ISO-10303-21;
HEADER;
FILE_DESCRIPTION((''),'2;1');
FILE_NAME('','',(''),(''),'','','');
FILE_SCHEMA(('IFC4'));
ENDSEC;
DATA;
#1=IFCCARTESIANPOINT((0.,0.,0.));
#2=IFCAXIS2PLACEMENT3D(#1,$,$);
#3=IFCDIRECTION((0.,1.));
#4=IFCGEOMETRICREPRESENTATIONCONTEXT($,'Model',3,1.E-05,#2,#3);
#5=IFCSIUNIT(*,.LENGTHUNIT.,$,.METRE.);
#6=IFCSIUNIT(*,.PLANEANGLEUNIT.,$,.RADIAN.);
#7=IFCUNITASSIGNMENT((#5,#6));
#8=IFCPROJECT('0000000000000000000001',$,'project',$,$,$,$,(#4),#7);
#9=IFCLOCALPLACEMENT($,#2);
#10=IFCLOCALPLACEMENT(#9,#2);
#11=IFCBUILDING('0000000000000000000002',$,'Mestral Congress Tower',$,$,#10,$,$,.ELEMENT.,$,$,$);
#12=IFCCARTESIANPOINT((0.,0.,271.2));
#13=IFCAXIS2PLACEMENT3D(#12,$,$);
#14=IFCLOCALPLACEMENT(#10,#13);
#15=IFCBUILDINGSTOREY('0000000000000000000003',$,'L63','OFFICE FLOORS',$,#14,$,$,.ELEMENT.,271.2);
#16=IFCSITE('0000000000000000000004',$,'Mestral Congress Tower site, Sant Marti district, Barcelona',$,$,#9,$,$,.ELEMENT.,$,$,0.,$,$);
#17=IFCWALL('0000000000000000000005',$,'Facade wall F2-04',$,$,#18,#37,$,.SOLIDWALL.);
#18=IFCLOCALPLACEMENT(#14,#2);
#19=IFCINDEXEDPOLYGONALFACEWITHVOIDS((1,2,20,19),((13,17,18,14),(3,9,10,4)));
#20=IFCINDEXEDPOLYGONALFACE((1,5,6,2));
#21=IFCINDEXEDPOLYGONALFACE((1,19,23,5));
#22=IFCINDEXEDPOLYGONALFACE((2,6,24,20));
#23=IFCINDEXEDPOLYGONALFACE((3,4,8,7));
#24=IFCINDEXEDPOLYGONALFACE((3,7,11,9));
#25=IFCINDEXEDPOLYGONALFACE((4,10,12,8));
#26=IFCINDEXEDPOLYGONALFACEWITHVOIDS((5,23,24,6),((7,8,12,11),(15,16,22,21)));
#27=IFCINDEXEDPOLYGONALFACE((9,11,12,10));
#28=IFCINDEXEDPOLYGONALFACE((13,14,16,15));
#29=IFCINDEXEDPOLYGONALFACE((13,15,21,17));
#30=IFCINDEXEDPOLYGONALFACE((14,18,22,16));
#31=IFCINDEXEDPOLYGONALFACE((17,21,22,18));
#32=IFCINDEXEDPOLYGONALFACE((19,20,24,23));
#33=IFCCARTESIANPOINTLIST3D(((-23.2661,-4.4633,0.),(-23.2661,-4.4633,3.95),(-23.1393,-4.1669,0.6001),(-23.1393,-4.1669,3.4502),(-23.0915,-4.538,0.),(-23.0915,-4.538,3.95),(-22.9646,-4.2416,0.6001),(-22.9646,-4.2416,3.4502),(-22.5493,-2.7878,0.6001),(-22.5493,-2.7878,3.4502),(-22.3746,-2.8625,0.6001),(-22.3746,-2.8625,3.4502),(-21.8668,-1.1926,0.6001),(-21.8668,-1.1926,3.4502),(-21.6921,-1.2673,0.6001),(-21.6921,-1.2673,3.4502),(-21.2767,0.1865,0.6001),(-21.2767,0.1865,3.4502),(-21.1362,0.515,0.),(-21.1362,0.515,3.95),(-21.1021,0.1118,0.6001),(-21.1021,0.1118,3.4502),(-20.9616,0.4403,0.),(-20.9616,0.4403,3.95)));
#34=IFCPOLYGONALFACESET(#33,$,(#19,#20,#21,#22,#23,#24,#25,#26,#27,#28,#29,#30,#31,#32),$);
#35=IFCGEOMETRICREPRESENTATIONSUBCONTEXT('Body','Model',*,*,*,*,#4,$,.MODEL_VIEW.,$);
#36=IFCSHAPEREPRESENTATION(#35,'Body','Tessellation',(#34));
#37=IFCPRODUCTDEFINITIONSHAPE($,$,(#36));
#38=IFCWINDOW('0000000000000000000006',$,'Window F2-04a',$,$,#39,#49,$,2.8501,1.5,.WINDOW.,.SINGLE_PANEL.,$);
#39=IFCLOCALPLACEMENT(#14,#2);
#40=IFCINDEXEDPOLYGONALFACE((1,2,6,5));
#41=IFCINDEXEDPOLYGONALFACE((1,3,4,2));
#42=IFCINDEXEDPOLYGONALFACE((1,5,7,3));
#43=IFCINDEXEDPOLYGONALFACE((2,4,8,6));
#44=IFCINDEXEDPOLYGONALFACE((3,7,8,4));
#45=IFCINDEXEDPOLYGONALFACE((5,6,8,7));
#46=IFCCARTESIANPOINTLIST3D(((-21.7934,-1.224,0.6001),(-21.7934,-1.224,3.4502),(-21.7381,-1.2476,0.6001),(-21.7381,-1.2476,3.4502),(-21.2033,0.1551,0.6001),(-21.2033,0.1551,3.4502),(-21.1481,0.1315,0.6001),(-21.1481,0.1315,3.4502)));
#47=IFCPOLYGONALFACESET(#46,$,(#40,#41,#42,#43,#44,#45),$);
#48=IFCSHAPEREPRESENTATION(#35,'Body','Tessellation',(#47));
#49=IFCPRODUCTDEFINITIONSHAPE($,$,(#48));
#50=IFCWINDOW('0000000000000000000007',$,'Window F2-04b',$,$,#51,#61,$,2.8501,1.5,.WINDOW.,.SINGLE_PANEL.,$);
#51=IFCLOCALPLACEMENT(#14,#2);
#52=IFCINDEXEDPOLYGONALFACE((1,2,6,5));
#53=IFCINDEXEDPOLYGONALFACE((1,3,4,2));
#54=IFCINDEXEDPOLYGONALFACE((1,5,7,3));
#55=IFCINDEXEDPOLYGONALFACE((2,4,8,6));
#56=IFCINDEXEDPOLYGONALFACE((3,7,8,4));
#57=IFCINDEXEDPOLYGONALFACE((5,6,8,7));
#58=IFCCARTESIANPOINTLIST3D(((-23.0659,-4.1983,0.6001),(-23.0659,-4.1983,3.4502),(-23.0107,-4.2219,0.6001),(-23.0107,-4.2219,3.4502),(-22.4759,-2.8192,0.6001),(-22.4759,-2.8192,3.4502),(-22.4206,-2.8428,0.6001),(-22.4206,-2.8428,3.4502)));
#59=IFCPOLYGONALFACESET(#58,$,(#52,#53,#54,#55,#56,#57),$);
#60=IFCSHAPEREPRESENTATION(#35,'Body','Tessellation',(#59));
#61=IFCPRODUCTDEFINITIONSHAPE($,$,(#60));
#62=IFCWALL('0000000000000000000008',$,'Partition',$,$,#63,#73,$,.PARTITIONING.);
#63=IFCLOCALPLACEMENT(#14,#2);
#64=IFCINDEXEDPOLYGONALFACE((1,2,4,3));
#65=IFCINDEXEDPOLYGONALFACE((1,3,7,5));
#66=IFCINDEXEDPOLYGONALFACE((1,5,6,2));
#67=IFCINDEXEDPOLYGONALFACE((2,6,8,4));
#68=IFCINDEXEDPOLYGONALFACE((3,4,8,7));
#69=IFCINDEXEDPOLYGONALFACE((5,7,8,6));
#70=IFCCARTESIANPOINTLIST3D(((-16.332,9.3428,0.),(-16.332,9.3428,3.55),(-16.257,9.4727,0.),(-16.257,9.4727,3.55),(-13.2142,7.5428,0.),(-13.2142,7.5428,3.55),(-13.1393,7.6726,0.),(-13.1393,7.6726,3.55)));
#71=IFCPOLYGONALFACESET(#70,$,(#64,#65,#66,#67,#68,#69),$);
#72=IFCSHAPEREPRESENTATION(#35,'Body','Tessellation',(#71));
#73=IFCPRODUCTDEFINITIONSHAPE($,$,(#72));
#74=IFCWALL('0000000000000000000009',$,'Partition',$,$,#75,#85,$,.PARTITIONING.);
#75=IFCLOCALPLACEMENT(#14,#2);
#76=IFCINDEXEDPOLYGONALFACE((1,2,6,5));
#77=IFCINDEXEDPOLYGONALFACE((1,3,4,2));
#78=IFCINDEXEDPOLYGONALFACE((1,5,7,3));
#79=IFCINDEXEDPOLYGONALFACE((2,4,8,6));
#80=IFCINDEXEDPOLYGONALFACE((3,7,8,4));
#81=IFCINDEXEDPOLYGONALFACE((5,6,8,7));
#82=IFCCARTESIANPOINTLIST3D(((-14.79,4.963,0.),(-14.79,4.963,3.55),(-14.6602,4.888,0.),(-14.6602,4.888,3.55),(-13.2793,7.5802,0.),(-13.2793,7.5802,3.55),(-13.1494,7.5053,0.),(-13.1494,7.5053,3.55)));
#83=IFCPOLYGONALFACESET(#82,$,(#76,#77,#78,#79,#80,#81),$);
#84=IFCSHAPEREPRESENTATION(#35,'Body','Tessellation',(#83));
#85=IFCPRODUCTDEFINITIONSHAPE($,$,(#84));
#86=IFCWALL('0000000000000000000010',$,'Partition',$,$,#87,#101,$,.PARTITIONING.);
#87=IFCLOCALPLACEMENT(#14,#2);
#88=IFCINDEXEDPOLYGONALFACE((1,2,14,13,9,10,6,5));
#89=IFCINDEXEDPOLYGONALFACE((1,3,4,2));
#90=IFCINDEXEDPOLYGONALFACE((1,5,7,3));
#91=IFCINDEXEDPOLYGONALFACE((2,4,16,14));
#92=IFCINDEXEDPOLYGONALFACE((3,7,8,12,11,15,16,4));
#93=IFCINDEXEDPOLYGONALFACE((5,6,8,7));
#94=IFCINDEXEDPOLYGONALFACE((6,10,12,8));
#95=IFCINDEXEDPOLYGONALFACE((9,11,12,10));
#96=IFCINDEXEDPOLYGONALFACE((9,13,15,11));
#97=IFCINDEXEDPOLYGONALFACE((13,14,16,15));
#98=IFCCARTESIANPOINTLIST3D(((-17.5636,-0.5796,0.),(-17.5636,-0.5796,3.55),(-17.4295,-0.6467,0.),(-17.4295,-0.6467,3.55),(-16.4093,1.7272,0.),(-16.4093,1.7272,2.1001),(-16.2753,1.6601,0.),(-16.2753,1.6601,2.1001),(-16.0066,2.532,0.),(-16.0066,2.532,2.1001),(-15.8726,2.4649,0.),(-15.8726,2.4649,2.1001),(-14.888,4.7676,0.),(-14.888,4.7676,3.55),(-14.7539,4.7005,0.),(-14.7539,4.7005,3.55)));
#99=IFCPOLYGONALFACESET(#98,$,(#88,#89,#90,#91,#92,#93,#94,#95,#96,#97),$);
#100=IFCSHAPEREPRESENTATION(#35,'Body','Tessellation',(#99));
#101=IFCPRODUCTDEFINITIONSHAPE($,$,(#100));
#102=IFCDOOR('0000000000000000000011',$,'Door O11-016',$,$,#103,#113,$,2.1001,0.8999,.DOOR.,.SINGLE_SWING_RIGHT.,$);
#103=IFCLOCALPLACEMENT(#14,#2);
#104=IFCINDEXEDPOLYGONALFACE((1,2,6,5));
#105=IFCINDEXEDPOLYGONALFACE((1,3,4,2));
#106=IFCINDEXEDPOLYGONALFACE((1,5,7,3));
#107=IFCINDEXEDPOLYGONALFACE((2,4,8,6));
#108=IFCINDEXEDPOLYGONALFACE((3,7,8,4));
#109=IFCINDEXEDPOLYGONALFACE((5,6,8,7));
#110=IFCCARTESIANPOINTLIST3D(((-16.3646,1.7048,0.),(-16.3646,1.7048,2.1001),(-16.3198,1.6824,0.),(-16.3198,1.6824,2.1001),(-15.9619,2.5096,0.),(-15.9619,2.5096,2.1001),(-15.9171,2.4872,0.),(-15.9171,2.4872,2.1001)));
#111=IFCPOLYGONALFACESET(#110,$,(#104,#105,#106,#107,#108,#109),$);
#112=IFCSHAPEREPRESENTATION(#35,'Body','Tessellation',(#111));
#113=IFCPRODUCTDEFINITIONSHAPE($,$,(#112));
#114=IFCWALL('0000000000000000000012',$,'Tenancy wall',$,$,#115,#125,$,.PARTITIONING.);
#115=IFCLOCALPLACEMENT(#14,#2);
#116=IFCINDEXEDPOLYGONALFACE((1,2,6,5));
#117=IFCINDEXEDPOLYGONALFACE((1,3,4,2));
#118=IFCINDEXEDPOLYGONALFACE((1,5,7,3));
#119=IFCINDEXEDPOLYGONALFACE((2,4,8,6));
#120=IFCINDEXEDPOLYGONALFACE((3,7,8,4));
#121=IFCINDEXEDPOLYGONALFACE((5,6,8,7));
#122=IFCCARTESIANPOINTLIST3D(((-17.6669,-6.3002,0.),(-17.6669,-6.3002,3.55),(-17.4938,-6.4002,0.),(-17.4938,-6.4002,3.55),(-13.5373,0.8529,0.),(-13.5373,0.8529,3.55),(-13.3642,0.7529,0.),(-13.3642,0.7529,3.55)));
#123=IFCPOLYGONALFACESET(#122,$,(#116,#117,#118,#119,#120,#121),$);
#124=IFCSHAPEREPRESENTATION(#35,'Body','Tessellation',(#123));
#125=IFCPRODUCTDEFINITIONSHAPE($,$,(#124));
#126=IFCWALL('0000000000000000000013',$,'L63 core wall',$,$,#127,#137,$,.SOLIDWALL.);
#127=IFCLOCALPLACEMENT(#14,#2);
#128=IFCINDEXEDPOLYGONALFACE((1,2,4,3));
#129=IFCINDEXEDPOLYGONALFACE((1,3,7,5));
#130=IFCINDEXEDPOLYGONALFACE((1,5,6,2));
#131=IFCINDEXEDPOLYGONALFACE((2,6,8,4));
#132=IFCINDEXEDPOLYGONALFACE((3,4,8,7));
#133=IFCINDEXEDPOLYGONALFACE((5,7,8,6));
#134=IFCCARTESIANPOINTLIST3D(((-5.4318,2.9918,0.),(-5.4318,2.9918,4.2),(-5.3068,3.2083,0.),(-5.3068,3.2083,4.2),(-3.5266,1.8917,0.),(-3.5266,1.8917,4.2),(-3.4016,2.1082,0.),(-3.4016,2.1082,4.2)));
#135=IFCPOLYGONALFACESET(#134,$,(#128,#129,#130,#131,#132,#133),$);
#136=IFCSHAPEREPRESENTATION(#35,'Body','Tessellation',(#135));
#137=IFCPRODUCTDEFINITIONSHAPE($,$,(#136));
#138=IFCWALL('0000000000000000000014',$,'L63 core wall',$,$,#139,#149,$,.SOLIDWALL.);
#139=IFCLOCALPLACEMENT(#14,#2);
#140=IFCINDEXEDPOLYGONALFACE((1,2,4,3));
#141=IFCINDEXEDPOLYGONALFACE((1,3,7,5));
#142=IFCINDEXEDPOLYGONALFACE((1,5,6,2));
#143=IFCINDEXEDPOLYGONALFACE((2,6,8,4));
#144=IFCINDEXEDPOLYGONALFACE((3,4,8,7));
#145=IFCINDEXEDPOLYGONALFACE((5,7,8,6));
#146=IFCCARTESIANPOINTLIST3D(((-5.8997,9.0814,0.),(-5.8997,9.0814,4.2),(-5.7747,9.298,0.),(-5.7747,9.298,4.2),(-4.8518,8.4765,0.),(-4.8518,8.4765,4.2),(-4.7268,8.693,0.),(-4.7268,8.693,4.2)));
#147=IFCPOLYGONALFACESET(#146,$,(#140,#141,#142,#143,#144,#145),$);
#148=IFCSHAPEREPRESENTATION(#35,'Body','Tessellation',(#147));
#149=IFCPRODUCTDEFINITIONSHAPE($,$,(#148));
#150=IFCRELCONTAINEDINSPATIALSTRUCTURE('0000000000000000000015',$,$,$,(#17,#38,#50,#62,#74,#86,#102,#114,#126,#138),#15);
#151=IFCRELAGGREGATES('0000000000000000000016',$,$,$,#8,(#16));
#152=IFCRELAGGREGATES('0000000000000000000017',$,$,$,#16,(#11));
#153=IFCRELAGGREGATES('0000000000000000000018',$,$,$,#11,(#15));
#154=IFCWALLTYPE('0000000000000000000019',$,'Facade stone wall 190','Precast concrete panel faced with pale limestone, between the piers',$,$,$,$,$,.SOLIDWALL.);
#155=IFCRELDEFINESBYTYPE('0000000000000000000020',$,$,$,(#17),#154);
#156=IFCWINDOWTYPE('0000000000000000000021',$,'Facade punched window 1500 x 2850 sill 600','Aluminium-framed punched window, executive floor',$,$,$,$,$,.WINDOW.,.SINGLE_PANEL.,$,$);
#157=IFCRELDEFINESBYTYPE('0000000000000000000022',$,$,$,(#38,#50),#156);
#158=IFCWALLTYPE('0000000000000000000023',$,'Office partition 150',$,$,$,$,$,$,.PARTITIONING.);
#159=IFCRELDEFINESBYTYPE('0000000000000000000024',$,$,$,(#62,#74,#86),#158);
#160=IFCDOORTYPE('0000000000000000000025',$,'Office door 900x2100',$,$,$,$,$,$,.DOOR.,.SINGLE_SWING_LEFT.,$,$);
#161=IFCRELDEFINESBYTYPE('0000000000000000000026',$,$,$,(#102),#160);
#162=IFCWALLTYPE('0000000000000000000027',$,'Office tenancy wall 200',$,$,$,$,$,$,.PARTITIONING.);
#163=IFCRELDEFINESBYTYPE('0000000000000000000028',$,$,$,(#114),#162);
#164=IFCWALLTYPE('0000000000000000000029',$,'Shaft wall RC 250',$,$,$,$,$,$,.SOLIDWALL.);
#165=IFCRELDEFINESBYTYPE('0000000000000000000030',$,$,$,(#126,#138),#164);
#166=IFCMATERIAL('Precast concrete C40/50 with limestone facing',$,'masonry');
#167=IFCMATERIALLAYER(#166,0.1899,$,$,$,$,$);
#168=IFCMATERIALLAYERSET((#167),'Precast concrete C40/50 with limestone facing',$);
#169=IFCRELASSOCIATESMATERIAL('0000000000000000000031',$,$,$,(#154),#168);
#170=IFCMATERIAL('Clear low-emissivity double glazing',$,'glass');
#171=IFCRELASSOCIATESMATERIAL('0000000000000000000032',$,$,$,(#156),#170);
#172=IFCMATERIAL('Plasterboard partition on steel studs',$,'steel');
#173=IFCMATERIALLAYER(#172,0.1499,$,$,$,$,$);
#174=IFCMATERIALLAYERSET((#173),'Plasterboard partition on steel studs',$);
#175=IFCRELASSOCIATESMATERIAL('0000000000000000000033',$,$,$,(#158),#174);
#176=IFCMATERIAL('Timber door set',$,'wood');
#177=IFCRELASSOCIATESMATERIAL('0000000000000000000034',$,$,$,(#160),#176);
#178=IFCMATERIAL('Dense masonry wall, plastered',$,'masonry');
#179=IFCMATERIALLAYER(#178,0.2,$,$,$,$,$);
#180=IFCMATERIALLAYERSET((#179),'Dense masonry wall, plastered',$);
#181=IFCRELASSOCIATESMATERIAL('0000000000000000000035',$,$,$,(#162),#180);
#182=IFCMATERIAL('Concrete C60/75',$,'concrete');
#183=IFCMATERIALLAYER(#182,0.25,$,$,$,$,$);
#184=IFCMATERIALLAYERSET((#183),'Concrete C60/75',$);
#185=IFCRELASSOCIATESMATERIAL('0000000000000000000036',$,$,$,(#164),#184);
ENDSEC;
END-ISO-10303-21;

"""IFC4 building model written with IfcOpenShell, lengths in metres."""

from ifc_helpers import new_model, si_unit, direction, frame, frame_2d, origin, place, context, subcontext, project, spatial, rectangle, extrude, material, layer, layer_set, type_object, element, fill, save


model = new_model("IFC4")

# Units and contexts
model_context = context("Model", 3, precision=1e-05, world=origin(), true_north=direction((0.0, 1.0)))
body_context = subcontext(model_context, "Body", "Model", "MODEL_VIEW")
ifc_project = project(units=[si_unit("LENGTHUNIT", "METRE"), si_unit("PLANEANGLEUNIT", "RADIAN")], contexts=[model_context])

# Site, building, storey
site_placement = place(None, origin())
site = spatial("IfcSite", under=ifc_project, at=site_placement, Name="Mestral Congress Tower site, Sant Marti district, Barcelona", CompositionType="ELEMENT", RefElevation=0.0)
building_placement = place(site_placement, origin())
building = spatial("IfcBuilding", under=site, at=building_placement, Name="Mestral Congress Tower", CompositionType="ELEMENT")
storey_placement = place(building_placement, frame((0.0, 0.0, 271.2)))
storey = spatial("IfcBuildingStorey", under=building, at=storey_placement, Name="L63", Description="OFFICE FLOORS", CompositionType="ELEMENT", Elevation=271.2)

# Shared definitions
ifc_material_1 = material(Name="Concrete C60/75", Category="concrete")

# Wall, openings, windows
ifc_material_2 = material(Name="Precast concrete C40/50 with limestone facing", Category="masonry")
ifc_layer_1 = layer(ifc_material_2, 0.1899)
ifc_layer_set_1 = layer_set([ifc_layer_1], Name="Precast concrete C40/50 with limestone facing")
wall_type_1 = type_object("IfcWallType", Name="Facade stone wall 190", Description="Precast concrete panel faced with pale limestone, between the piers", PredefinedType="SOLIDWALL", material=ifc_layer_set_1)
ifc_material_3 = material(Name="Clear low-emissivity double glazing", Category="glass")
window_type = type_object("IfcWindowType", Name="Facade punched window 1500 x 2850 sill 600", Description="Aluminium-framed punched window, executive floor", PartitioningType="SINGLE_PANEL", PredefinedType="WINDOW", material=ifc_material_3)
wall_1_placement = place(storey_placement, frame((-21.0488, 0.4778, 0.0), z_axis=(0.0, 0.0, 1.0), x_axis=(-0.393348, -0.91939, 0.0)))
wall_1 = element("IfcWall", 1, at=wall_1_placement, inside=storey, type_object=wall_type_1, Name="Facade wall F2-04", PredefinedType="SOLIDWALL", context=body_context, shape_type="SweptSolid", body=[
    extrude(rectangle(XDim=5.4148, YDim=0.1899, at=frame_2d((2.7075, 0.0))), origin(), (0.0, 0.0, 1.0), 3.95),
])
opening_1_placement = place(wall_1_placement, frame((0.3574, 0.0, 0.6001)))
opening_1 = element("IfcOpeningElement", 2, at=opening_1_placement, cuts=wall_1, PredefinedType="OPENING", context=body_context, shape_type="SweptSolid", body=[
    extrude(rectangle(XDim=1.5, YDim=2.8501, at=frame_2d((0.75, 1.425))), frame((0.0, 0.105, 0.0), z_axis=(0.0, -1.0, 0.0), x_axis=(1.0, 0.0, 0.0)), (0.0, 0.0, 1.0), 0.21),
])
opening_2_placement = place(wall_1_placement, frame((3.5925, 0.0, 0.6001)))
opening_2 = element("IfcOpeningElement", 3, at=opening_2_placement, cuts=wall_1, PredefinedType="OPENING", context=body_context, shape_type="SweptSolid", body=[
    extrude(rectangle(XDim=1.5, YDim=2.8501, at=frame_2d((0.75, 1.425))), frame((0.0, 0.105, 0.0), z_axis=(0.0, -1.0, 0.0), x_axis=(1.0, 0.0, 0.0)), (0.0, 0.0, 1.0), 0.21),
])
window_1_placement = place(opening_1_placement, origin())
window_1 = element("IfcWindow", 4, at=window_1_placement, inside=storey, type_object=window_type, Name="Window F2-04a", OverallHeight=2.8501, OverallWidth=1.5, PartitioningType="SINGLE_PANEL", PredefinedType="WINDOW", context=body_context, shape_type="SweptSolid", body=[
    extrude(rectangle(XDim=1.5, YDim=2.8501, at=frame_2d((0.75, 1.425))), frame((0.0, 0.0449, 0.0), z_axis=(0.0, -1.0, 0.0), x_axis=(1.0, 0.0, 0.0)), (0.0, 0.0, 1.0), 0.0601),
])
fill(opening_1, window_1)
window_2_placement = place(opening_2_placement, origin())
window_2 = element("IfcWindow", 5, at=window_2_placement, inside=storey, type_object=window_type, Name="Window F2-04b", OverallHeight=2.8501, OverallWidth=1.5, PartitioningType="SINGLE_PANEL", PredefinedType="WINDOW", context=body_context, shape_type="SweptSolid", body=[
    extrude(rectangle(XDim=1.5, YDim=2.8501, at=frame_2d((0.75, 1.425))), frame((0.0, 0.0449, 0.0), z_axis=(0.0, -1.0, 0.0), x_axis=(1.0, 0.0, 0.0)), (0.0, 0.0, 1.0), 0.0601),
])
fill(opening_2, window_2)

# Walls
ifc_material_4 = material(Name="Plasterboard partition on steel studs", Category="steel")
ifc_layer_2 = layer(ifc_material_4, 0.1499)
ifc_layer_set_2 = layer_set([ifc_layer_2], Name="Plasterboard partition on steel studs")
wall_type_2 = type_object("IfcWallType", Name="Office partition 150", PredefinedType="PARTITIONING", material=ifc_layer_set_2)
wall_2_placement = place(storey_placement, frame((-13.1768, 7.6077, 0.0), z_axis=(0.0, 0.0, 1.0), x_axis=(-0.866018, 0.500012, 0.0)))
element("IfcWall", 6, at=wall_2_placement, inside=storey, type_object=wall_type_2, Name="Partition", PredefinedType="PARTITIONING", context=body_context, shape_type="SweptSolid", body=[
    extrude(rectangle(XDim=3.6001, YDim=0.1499, at=frame_2d((1.8, 0.0))), origin(), (0.0, 0.0, 1.0), 3.55),
])
wall_3_placement = place(storey_placement, frame((-13.2144, 7.5427, 0.0), z_axis=(0.0, 0.0, 1.0), x_axis=(-0.499928, -0.866067, 0.0)))
element("IfcWall", 7, at=wall_3_placement, inside=storey, type_object=wall_type_2, Name="Partition", PredefinedType="PARTITIONING", context=body_context, shape_type="SweptSolid", body=[
    extrude(rectangle(XDim=3.022, YDim=0.1499, at=frame_2d((1.511, 0.0))), origin(), (0.0, 0.0, 1.0), 3.55),
])

# Wall, opening, door
wall_4_placement = place(storey_placement, frame((-17.4966, -0.6133, 0.0), z_axis=(0.0, 0.0, 1.0), x_axis=(0.447475, 0.894296, 0.0)))
wall_4 = element("IfcWall", 8, at=wall_4_placement, inside=storey, type_object=wall_type_2, Name="Partition", PredefinedType="PARTITIONING", context=body_context, shape_type="SweptSolid", body=[
    extrude(rectangle(XDim=5.9792, YDim=0.1499, at=frame_2d((2.9897, 0.0))), origin(), (0.0, 0.0, 1.0), 3.55),
])
opening_3_placement = place(wall_4_placement, frame((2.5796, 0.0, 0.0)))
opening_3 = element("IfcOpeningElement", 9, at=opening_3_placement, cuts=wall_4, PredefinedType="OPENING", context=body_context, shape_type="SweptSolid", body=[
    extrude(rectangle(XDim=0.8999, YDim=2.1001, at=frame_2d((0.45, 1.05))), frame((0.0, 0.085, 0.0), z_axis=(0.0, -1.0, 0.0), x_axis=(1.0, 0.0, 0.0)), (0.0, 0.0, 1.0), 0.1699),
])
ifc_material_5 = material(Name="Timber door set", Category="wood")
door_type = type_object("IfcDoorType", Name="Office door 900x2100", OperationType="SINGLE_SWING_LEFT", PredefinedType="DOOR", material=ifc_material_5)
door_placement = place(opening_3_placement, origin())
door = element("IfcDoor", 10, at=door_placement, inside=storey, type_object=door_type, Name="Door O11-016", OperationType="SINGLE_SWING_RIGHT", OverallHeight=2.1001, OverallWidth=0.8999, PredefinedType="DOOR", context=body_context, shape_type="SweptSolid", body=[
    extrude(rectangle(XDim=0.8999, YDim=2.1001, at=frame_2d((0.45, 1.05))), frame((0.0, 0.0249, 0.0), z_axis=(0.0, -1.0, 0.0), x_axis=(1.0, 0.0, 0.0)), (0.0, 0.0, 1.0), 0.05),
])
fill(opening_3, door)

# Walls
ifc_material_6 = material(Name="Dense masonry wall, plastered", Category="masonry")
ifc_layer_3 = layer(ifc_material_6, 0.2)
ifc_layer_set_3 = layer_set([ifc_layer_3], Name="Dense masonry wall, plastered")
wall_type_3 = type_object("IfcWallType", Name="Office tenancy wall 200", PredefinedType="PARTITIONING", material=ifc_layer_set_3)
wall_5_placement = place(storey_placement, frame((-13.4507, 0.803, 0.0), z_axis=(0.0, 0.0, 1.0), x_axis=(-0.499983, -0.866035, 0.0)))
element("IfcWall", 11, at=wall_5_placement, inside=storey, type_object=wall_type_3, Name="Tenancy wall", PredefinedType="PARTITIONING", context=body_context, shape_type="SweptSolid", body=[
    extrude(rectangle(XDim=8.2595, YDim=0.2, at=frame_2d((4.1299, 0.0))), origin(), (0.0, 0.0, 1.0), 3.55),
])
ifc_layer_4 = layer(ifc_material_1, 0.25)
ifc_layer_set_4 = layer_set([ifc_layer_4], Name="Concrete C60/75")
wall_type_4 = type_object("IfcWallType", Name="Shaft wall RC 250", PredefinedType="SOLIDWALL", material=ifc_layer_set_4)
wall_6_placement = place(storey_placement, frame((-5.3694, 3.1001, 0.0), z_axis=(0.0, 0.0, 1.0), x_axis=(0.866008, -0.50003, 0.0)))
element("IfcWall", 12, at=wall_6_placement, inside=storey, type_object=wall_type_4, Name="L63 core wall", PredefinedType="SOLIDWALL", context=body_context, shape_type="SweptSolid", body=[
    extrude(rectangle(XDim=2.2, YDim=0.25, at=frame_2d((1.1001, 0.0))), origin(), (0.0, 0.0, 1.0), 4.2),
])
wall_7_placement = place(storey_placement, frame((-5.8372, 9.1897, 0.0), z_axis=(0.0, 0.0, 1.0), x_axis=(0.866024, -0.500002, 0.0)))
element("IfcWall", 13, at=wall_7_placement, inside=storey, type_object=wall_type_4, Name="L63 core wall", PredefinedType="SOLIDWALL", context=body_context, shape_type="SweptSolid", body=[
    extrude(rectangle(XDim=1.21, YDim=0.25, at=frame_2d((0.605, 0.0))), origin(), (0.0, 0.0, 1.0), 4.2),
])

save(model, "model.ifc")
